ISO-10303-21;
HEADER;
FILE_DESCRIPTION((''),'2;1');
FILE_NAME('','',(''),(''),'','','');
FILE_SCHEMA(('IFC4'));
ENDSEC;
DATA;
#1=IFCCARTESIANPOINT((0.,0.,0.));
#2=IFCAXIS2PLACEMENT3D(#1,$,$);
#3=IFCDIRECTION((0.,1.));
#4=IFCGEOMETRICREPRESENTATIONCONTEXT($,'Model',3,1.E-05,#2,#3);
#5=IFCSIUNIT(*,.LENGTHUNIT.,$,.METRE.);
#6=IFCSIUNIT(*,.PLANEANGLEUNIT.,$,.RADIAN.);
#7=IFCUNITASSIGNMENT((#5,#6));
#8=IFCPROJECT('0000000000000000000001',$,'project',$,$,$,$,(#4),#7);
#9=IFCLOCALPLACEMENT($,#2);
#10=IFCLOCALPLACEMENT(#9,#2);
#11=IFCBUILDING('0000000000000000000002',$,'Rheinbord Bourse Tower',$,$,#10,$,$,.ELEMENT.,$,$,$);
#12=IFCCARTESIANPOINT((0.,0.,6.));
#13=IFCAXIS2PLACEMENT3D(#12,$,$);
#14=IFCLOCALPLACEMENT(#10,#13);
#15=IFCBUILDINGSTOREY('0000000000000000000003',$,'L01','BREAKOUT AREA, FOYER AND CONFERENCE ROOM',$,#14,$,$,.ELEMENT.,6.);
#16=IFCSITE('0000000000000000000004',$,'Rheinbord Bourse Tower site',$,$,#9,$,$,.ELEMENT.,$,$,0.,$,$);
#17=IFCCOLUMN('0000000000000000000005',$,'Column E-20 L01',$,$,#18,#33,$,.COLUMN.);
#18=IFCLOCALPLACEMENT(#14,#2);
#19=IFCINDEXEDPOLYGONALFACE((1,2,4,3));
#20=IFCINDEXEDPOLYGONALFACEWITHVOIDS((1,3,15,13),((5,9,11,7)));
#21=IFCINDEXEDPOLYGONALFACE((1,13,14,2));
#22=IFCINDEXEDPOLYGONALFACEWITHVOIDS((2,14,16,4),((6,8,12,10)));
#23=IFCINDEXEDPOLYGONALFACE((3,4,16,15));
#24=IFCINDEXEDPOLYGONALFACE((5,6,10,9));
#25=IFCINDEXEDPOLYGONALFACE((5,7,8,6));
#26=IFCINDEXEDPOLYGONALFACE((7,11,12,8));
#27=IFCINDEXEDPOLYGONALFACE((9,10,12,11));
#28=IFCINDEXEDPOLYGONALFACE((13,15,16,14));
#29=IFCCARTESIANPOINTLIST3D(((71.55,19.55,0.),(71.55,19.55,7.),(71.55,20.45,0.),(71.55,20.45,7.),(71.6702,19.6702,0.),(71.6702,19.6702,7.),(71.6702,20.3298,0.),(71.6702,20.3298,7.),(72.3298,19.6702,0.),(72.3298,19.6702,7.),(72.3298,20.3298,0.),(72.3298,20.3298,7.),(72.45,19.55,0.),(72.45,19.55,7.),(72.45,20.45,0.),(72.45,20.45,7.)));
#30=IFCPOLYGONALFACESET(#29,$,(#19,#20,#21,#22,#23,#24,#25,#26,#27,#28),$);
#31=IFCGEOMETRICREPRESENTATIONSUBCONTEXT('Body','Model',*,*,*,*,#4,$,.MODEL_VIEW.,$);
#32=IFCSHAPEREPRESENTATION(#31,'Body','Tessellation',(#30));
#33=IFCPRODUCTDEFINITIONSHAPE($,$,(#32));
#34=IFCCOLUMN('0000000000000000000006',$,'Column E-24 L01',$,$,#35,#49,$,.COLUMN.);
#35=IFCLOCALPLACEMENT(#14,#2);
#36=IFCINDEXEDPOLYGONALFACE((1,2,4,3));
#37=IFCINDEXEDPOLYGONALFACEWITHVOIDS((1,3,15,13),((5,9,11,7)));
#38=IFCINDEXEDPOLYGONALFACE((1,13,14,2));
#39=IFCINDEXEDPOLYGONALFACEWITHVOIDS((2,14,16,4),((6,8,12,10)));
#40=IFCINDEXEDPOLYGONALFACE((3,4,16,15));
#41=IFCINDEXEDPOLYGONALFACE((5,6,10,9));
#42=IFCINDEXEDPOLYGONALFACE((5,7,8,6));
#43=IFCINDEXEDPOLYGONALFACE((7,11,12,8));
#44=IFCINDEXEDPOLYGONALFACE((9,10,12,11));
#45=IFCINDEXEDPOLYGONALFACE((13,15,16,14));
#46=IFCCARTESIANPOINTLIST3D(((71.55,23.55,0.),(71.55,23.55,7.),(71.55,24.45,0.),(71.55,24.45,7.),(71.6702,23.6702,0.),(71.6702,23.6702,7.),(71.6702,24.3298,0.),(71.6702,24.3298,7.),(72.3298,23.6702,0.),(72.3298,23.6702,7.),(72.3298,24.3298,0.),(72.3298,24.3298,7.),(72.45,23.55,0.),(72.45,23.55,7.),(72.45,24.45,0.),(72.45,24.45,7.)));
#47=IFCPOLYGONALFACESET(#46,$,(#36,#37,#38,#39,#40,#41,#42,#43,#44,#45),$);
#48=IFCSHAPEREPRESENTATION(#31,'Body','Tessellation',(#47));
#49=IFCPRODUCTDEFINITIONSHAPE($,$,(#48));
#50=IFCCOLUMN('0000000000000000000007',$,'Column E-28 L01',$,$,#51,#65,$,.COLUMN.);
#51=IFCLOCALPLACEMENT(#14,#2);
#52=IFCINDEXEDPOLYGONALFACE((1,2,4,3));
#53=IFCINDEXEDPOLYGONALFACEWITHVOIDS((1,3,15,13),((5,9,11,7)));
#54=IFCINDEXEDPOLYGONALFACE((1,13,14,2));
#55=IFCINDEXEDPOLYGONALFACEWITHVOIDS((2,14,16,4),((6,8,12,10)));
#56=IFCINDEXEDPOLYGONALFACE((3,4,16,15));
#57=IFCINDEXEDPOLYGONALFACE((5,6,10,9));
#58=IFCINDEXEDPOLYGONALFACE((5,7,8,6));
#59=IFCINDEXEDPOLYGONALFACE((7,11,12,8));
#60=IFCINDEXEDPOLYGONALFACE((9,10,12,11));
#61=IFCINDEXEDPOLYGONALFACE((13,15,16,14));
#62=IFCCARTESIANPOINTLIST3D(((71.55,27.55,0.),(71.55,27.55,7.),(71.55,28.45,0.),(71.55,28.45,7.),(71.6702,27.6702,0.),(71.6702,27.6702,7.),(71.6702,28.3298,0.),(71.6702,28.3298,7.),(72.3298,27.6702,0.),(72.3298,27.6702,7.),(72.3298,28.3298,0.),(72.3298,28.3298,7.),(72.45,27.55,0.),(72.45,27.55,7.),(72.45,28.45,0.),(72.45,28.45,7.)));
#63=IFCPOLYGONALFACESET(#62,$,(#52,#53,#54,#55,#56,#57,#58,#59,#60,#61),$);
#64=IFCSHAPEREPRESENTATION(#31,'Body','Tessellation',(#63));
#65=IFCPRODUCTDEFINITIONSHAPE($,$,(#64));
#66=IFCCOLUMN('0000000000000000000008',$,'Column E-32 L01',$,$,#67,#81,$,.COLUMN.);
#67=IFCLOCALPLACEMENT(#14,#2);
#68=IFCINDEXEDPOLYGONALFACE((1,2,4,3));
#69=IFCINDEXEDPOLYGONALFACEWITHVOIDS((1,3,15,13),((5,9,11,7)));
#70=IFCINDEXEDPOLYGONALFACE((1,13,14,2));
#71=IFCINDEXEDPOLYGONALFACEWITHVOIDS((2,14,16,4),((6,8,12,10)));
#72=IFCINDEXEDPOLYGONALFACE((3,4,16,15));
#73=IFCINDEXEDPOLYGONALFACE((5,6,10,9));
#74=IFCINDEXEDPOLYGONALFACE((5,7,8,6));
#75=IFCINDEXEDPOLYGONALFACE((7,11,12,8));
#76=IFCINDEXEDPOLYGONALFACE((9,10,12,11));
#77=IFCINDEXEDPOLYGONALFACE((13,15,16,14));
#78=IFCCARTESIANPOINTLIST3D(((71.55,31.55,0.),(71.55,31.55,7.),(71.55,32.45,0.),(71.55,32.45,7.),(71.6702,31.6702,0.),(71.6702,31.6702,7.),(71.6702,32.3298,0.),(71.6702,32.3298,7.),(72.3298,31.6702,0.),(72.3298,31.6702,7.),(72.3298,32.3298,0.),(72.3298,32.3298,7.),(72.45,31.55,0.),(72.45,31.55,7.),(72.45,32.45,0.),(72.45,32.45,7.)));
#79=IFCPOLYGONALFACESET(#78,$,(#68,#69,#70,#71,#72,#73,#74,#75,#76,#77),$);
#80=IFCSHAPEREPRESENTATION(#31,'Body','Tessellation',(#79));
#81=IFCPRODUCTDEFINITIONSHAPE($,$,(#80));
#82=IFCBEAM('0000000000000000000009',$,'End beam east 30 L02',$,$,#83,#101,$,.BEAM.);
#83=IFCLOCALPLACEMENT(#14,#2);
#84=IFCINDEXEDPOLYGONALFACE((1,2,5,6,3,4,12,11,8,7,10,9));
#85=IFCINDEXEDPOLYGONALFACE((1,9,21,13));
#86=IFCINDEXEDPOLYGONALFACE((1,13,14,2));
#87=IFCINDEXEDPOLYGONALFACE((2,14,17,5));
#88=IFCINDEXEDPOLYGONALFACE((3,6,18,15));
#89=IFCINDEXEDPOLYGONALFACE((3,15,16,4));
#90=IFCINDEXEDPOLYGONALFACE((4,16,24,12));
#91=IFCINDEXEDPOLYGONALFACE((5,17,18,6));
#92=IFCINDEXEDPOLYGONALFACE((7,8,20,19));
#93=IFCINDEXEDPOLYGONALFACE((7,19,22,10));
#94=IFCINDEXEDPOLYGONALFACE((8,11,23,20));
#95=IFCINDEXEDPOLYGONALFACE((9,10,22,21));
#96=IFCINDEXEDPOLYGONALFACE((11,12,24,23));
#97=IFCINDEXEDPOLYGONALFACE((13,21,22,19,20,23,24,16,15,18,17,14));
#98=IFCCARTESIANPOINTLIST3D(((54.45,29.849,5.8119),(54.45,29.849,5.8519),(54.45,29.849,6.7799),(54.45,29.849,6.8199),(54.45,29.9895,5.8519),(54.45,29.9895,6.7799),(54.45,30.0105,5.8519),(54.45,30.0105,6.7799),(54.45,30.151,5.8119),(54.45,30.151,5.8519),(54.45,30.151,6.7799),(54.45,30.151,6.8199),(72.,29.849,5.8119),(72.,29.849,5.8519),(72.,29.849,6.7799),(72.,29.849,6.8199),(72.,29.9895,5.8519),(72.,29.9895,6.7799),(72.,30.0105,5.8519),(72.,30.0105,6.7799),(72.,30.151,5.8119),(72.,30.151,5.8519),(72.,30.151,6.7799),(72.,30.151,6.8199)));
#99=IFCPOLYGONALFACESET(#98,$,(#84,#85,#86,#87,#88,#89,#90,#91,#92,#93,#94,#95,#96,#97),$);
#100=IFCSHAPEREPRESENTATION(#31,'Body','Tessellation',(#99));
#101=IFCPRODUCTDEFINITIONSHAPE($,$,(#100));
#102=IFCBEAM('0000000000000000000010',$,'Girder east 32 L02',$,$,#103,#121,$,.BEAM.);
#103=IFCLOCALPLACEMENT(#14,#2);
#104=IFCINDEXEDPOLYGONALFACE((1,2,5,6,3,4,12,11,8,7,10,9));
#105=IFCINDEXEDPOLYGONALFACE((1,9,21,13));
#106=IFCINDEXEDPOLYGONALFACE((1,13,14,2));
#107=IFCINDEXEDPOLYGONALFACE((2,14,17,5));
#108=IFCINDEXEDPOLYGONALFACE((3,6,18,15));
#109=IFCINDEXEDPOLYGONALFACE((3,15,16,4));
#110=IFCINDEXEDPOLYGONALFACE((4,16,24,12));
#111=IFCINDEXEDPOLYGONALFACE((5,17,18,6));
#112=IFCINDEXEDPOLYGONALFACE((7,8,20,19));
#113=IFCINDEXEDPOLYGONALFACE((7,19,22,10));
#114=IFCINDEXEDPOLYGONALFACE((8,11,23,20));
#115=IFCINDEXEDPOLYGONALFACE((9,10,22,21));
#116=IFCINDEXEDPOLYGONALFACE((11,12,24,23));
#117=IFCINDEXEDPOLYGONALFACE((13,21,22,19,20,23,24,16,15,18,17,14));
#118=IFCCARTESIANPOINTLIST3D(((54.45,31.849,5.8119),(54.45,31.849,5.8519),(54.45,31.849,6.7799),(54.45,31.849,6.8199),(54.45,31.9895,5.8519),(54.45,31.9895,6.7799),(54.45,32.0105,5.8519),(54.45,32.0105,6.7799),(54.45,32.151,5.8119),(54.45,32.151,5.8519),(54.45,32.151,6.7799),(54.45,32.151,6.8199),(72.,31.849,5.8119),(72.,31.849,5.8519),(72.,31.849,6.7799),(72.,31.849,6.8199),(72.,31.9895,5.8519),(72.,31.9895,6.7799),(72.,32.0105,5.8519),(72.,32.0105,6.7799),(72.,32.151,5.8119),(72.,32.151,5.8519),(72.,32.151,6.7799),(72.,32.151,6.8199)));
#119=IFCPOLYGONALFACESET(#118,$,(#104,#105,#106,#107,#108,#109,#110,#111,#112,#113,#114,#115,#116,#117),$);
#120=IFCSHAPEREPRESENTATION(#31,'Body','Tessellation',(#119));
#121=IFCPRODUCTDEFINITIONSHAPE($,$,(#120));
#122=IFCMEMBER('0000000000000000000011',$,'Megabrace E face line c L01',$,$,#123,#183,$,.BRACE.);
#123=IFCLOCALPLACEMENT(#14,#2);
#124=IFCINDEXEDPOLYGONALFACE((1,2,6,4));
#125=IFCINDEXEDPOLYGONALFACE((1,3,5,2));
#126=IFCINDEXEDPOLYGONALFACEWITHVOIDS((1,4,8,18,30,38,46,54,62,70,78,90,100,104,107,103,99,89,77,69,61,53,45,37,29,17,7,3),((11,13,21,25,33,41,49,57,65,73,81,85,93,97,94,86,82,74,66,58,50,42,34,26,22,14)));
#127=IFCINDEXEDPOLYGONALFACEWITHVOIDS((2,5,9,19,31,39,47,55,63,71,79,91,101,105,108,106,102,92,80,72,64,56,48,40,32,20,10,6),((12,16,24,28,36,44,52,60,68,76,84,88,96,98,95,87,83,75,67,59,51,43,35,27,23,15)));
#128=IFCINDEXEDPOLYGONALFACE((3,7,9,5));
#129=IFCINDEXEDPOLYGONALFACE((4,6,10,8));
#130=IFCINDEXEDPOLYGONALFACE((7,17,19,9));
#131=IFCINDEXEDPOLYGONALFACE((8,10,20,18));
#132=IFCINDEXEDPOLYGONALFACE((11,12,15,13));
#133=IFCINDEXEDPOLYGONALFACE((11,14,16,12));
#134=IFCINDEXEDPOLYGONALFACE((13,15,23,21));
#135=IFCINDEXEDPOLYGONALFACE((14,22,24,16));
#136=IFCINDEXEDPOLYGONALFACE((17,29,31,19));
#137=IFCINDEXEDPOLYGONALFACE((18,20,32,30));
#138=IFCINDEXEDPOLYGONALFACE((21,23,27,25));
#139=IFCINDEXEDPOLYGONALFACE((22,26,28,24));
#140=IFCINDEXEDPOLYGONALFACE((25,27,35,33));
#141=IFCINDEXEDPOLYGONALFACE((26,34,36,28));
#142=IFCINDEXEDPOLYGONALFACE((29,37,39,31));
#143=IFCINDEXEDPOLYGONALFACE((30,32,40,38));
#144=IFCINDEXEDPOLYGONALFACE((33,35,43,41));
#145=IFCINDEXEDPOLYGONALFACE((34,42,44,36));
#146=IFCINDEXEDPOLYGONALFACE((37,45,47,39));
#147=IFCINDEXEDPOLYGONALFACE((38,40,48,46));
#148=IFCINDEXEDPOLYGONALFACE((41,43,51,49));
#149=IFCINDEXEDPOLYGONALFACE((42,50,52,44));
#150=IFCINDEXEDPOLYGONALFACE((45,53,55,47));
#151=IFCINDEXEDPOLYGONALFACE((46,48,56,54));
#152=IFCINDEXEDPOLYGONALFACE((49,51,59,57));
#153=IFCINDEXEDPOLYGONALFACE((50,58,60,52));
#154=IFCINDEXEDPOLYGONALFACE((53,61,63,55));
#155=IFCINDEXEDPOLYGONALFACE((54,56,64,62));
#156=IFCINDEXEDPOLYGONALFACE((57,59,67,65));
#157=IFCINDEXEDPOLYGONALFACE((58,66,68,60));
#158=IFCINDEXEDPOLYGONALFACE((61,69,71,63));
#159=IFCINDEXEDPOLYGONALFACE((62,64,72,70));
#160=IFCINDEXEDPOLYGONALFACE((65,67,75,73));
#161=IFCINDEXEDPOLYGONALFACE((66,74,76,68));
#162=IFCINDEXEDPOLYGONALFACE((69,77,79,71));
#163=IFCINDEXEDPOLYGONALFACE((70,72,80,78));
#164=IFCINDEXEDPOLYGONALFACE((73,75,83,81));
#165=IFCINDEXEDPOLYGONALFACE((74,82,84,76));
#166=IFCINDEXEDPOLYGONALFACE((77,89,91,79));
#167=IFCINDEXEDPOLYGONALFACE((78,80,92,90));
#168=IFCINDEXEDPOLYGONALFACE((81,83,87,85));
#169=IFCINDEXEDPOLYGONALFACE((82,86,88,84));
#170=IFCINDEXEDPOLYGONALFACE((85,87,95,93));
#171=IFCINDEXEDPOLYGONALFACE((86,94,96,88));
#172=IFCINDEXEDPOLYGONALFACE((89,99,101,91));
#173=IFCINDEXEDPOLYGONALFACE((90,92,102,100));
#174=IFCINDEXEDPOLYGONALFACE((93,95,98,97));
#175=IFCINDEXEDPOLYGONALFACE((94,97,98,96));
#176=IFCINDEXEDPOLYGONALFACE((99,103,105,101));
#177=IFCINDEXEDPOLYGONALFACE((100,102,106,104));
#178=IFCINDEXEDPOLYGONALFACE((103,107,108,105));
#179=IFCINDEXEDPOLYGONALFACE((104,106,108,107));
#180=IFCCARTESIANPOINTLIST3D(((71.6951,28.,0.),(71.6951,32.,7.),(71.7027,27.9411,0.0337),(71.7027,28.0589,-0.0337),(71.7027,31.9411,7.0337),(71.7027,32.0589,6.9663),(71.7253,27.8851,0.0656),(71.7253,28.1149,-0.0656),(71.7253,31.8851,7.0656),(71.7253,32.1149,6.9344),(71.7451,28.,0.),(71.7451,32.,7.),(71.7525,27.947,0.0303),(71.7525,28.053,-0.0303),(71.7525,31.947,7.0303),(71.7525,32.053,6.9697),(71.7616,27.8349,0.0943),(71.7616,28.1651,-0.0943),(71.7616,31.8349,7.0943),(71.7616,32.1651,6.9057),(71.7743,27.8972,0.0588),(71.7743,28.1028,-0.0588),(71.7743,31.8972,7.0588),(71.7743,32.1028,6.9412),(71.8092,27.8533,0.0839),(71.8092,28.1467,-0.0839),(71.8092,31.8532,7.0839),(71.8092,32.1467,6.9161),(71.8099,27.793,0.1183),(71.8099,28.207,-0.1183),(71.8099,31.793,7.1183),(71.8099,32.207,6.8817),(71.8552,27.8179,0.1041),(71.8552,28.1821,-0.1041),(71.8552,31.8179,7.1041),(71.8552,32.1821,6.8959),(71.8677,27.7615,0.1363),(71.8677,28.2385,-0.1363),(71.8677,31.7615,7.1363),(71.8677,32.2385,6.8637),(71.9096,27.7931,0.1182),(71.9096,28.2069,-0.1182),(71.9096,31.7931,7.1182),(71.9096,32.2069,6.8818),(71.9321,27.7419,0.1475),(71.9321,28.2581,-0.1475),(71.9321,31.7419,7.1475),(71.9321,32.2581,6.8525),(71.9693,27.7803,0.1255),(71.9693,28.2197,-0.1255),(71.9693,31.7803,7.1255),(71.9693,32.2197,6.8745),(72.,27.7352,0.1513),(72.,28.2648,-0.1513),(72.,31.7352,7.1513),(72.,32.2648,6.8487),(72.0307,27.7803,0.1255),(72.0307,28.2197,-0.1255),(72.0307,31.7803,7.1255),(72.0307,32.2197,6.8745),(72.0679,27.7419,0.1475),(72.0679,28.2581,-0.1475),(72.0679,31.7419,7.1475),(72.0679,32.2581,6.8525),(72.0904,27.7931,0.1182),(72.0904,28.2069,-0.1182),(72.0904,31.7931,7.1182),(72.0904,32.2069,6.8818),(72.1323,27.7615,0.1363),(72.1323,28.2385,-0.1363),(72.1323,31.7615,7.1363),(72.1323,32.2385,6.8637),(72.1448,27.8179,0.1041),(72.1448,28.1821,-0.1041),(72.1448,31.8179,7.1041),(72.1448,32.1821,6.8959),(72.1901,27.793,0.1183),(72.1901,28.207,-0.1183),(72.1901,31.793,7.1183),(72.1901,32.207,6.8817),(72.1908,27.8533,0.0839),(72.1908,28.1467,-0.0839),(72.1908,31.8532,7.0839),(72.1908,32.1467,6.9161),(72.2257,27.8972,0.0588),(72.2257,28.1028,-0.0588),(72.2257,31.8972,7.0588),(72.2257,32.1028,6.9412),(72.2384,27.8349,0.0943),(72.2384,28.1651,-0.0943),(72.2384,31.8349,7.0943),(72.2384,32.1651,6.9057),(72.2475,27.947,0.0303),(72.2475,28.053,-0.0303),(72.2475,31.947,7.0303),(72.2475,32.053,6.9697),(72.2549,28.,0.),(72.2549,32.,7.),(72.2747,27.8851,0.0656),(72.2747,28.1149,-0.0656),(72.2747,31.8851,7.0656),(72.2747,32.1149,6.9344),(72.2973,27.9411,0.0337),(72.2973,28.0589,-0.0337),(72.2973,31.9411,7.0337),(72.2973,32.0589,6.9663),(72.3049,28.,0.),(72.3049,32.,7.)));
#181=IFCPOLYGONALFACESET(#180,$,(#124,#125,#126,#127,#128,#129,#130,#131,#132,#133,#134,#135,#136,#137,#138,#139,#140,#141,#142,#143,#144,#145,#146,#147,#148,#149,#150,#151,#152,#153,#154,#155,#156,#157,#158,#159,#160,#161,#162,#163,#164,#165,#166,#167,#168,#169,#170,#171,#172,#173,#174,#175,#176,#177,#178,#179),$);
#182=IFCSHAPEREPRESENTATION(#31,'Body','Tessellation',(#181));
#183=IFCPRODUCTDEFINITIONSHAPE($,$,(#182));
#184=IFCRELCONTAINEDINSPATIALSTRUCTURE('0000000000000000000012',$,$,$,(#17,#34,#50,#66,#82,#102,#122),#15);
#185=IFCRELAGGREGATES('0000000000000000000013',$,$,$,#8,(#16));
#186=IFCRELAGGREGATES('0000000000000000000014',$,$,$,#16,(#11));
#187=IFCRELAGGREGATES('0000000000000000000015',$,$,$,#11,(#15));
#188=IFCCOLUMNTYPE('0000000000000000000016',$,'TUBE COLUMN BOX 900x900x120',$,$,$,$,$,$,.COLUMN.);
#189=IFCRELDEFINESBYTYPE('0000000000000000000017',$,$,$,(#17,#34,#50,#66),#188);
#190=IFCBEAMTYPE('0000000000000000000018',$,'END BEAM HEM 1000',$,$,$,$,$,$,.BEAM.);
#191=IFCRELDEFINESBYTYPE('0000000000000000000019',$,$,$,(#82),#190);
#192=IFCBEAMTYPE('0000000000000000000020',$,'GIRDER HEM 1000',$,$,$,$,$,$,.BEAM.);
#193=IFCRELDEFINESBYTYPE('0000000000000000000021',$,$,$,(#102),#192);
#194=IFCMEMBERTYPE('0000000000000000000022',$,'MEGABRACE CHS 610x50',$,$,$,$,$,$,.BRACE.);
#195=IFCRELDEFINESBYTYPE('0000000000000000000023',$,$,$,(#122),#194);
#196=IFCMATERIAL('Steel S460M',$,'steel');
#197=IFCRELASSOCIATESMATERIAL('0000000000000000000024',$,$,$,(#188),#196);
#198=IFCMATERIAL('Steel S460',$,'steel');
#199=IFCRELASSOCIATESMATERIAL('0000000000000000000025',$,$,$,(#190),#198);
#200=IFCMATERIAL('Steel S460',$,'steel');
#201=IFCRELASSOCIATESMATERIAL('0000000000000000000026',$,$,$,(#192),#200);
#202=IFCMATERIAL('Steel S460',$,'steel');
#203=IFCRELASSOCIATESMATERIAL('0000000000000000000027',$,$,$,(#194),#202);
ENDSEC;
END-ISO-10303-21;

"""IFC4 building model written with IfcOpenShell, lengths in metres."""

from ifc_helpers import new_model, si_unit, direction, frame, origin, origin_2d, place, context, subcontext, project, spatial, hollow_rectangle, hollow_circle, i_section, extrude, material, material_profile, profile_set, type_object, element, save


model = new_model("IFC4")

# Units and contexts
model_context = context("Model", 3, precision=1e-05, world=origin(), true_north=direction((0.0, 1.0)))
body_context = subcontext(model_context, "Body", "Model", "MODEL_VIEW")
ifc_project = project(units=[si_unit("LENGTHUNIT", "METRE"), si_unit("PLANEANGLEUNIT", "RADIAN")], contexts=[model_context])

# Site, building, storey
site_placement = place(None, origin())
site = spatial("IfcSite", under=ifc_project, at=site_placement, Name="Rheinbord Bourse Tower site", CompositionType="ELEMENT", RefElevation=0.0)
building_placement = place(site_placement, origin())
building = spatial("IfcBuilding", under=site, at=building_placement, Name="Rheinbord Bourse Tower", CompositionType="ELEMENT")
storey_placement = place(building_placement, frame((0.0, 0.0, 6.0)))
storey = spatial("IfcBuildingStorey", under=building, at=storey_placement, Name="L01", Description="BREAKOUT AREA, FOYER AND CONFERENCE ROOM", CompositionType="ELEMENT", Elevation=6.0)

# Columns
ifc_material_1 = material(Name="Steel S460M", Category="steel")
ifc_material_profile_1 = material_profile(ifc_material_1, hollow_rectangle(XDim=0.8999, YDim=0.8999, WallThickness=0.1201, at=origin_2d()), Name="BOX 900x900x120")
ifc_profile_set_1 = profile_set([ifc_material_profile_1], Name="Steel S460M")
column_type = type_object("IfcColumnType", Name="TUBE COLUMN BOX 900x900x120", PredefinedType="COLUMN", material=ifc_profile_set_1)
for number, where, z_axis, x_axis, name in (
    (1, (72.0, 20.0, 0.0), (0.0, 0.0, 1.0), (1.0, 0.0, 0.0), "Column E-20 L01"),
    (2, (72.0, 24.0, 0.0), (0.0, 0.0, 1.0), (1.0, 0.0, 0.0), "Column E-24 L01"),
    (3, (72.0, 28.0, 0.0), (0.0, 0.0, 1.0), (1.0, 0.0, 0.0), "Column E-28 L01"),
    (4, (72.0, 32.0, 0.0), (0.0, 0.0, 1.0), (1.0, 0.0, 0.0), "Column E-32 L01"),
):
    element("IfcColumn", number, at=place(storey_placement, frame(where, z_axis=z_axis, x_axis=x_axis)), inside=storey, type_object=column_type, Name=name, PredefinedType="COLUMN", context=body_context, shape_type="SweptSolid", body=[
        extrude(hollow_rectangle(XDim=0.8999, YDim=0.8999, WallThickness=0.1201, at=origin_2d()), origin(), (0.0, 0.0, 1.0), 7.0),
    ])

# Beams
ifc_material_2 = material(Name="Steel S460", Category="steel")
ifc_material_profile_2 = material_profile(ifc_material_2, i_section(OverallWidth=0.302, OverallDepth=1.0081, WebThickness=0.021, FlangeThickness=0.04, at=origin_2d()), Name="HEM 1000")
ifc_profile_set_2 = profile_set([ifc_material_profile_2], Name="Steel S460")
beam_type_1 = type_object("IfcBeamType", Name="END BEAM HEM 1000", PredefinedType="BEAM", material=ifc_profile_set_2)
beam_1_placement = place(storey_placement, frame((54.45, 30.0, 6.3159), z_axis=(1.0, 0.0, 0.0), x_axis=(0.0, 1.0, 0.0)))
element("IfcBeam", 5, at=beam_1_placement, inside=storey, type_object=beam_type_1, Name="End beam east 30 L02", PredefinedType="BEAM", context=body_context, shape_type="SweptSolid", body=[
    extrude(i_section(OverallWidth=0.302, OverallDepth=1.0081, WebThickness=0.021, FlangeThickness=0.04, at=origin_2d()), origin(), (0.0, 0.0, 1.0), 17.55),
])
ifc_material_3 = material(Name="Steel S460", Category="steel")
ifc_material_profile_3 = material_profile(ifc_material_3, i_section(OverallWidth=0.302, OverallDepth=1.0081, WebThickness=0.021, FlangeThickness=0.04, at=origin_2d()), Name="HEM 1000")
ifc_profile_set_3 = profile_set([ifc_material_profile_3], Name="Steel S460")
beam_type_2 = type_object("IfcBeamType", Name="GIRDER HEM 1000", PredefinedType="BEAM", material=ifc_profile_set_3)
beam_2_placement = place(storey_placement, frame((54.45, 32.0, 6.3159), z_axis=(1.0, 0.0, 0.0), x_axis=(0.0, 1.0, 0.0)))
element("IfcBeam", 6, at=beam_2_placement, inside=storey, type_object=beam_type_2, Name="Girder east 32 L02", PredefinedType="BEAM", context=body_context, shape_type="SweptSolid", body=[
    extrude(i_section(OverallWidth=0.302, OverallDepth=1.0081, WebThickness=0.021, FlangeThickness=0.04, at=origin_2d()), origin(), (0.0, 0.0, 1.0), 17.55),
])

# Member
ifc_material_4 = material(Name="Steel S460", Category="steel")
ifc_material_profile_4 = material_profile(ifc_material_4, hollow_circle(Radius=0.3049, WallThickness=0.05, at=origin_2d()), Name="CHS 610x50")
ifc_profile_set_4 = profile_set([ifc_material_profile_4], Name="Steel S460")
member_type = type_object("IfcMemberType", Name="MEGABRACE CHS 610x50", PredefinedType="BRACE", material=ifc_profile_set_4)
member_placement = place(storey_placement, frame((72.0, 28.0, 0.0), z_axis=(0.0, 0.496139, 0.868243), x_axis=(-1.0, 0.0, 0.0)))
element("IfcMember", 7, at=member_placement, inside=storey, type_object=member_type, Name="Megabrace E face line c L01", PredefinedType="BRACE", context=body_context, shape_type="SweptSolid", body=[
    extrude(hollow_circle(Radius=0.3049, WallThickness=0.05, at=origin_2d()), origin(), (0.0, 0.0, 1.0), 8.0623),
])

save(model, "model.ifc")
